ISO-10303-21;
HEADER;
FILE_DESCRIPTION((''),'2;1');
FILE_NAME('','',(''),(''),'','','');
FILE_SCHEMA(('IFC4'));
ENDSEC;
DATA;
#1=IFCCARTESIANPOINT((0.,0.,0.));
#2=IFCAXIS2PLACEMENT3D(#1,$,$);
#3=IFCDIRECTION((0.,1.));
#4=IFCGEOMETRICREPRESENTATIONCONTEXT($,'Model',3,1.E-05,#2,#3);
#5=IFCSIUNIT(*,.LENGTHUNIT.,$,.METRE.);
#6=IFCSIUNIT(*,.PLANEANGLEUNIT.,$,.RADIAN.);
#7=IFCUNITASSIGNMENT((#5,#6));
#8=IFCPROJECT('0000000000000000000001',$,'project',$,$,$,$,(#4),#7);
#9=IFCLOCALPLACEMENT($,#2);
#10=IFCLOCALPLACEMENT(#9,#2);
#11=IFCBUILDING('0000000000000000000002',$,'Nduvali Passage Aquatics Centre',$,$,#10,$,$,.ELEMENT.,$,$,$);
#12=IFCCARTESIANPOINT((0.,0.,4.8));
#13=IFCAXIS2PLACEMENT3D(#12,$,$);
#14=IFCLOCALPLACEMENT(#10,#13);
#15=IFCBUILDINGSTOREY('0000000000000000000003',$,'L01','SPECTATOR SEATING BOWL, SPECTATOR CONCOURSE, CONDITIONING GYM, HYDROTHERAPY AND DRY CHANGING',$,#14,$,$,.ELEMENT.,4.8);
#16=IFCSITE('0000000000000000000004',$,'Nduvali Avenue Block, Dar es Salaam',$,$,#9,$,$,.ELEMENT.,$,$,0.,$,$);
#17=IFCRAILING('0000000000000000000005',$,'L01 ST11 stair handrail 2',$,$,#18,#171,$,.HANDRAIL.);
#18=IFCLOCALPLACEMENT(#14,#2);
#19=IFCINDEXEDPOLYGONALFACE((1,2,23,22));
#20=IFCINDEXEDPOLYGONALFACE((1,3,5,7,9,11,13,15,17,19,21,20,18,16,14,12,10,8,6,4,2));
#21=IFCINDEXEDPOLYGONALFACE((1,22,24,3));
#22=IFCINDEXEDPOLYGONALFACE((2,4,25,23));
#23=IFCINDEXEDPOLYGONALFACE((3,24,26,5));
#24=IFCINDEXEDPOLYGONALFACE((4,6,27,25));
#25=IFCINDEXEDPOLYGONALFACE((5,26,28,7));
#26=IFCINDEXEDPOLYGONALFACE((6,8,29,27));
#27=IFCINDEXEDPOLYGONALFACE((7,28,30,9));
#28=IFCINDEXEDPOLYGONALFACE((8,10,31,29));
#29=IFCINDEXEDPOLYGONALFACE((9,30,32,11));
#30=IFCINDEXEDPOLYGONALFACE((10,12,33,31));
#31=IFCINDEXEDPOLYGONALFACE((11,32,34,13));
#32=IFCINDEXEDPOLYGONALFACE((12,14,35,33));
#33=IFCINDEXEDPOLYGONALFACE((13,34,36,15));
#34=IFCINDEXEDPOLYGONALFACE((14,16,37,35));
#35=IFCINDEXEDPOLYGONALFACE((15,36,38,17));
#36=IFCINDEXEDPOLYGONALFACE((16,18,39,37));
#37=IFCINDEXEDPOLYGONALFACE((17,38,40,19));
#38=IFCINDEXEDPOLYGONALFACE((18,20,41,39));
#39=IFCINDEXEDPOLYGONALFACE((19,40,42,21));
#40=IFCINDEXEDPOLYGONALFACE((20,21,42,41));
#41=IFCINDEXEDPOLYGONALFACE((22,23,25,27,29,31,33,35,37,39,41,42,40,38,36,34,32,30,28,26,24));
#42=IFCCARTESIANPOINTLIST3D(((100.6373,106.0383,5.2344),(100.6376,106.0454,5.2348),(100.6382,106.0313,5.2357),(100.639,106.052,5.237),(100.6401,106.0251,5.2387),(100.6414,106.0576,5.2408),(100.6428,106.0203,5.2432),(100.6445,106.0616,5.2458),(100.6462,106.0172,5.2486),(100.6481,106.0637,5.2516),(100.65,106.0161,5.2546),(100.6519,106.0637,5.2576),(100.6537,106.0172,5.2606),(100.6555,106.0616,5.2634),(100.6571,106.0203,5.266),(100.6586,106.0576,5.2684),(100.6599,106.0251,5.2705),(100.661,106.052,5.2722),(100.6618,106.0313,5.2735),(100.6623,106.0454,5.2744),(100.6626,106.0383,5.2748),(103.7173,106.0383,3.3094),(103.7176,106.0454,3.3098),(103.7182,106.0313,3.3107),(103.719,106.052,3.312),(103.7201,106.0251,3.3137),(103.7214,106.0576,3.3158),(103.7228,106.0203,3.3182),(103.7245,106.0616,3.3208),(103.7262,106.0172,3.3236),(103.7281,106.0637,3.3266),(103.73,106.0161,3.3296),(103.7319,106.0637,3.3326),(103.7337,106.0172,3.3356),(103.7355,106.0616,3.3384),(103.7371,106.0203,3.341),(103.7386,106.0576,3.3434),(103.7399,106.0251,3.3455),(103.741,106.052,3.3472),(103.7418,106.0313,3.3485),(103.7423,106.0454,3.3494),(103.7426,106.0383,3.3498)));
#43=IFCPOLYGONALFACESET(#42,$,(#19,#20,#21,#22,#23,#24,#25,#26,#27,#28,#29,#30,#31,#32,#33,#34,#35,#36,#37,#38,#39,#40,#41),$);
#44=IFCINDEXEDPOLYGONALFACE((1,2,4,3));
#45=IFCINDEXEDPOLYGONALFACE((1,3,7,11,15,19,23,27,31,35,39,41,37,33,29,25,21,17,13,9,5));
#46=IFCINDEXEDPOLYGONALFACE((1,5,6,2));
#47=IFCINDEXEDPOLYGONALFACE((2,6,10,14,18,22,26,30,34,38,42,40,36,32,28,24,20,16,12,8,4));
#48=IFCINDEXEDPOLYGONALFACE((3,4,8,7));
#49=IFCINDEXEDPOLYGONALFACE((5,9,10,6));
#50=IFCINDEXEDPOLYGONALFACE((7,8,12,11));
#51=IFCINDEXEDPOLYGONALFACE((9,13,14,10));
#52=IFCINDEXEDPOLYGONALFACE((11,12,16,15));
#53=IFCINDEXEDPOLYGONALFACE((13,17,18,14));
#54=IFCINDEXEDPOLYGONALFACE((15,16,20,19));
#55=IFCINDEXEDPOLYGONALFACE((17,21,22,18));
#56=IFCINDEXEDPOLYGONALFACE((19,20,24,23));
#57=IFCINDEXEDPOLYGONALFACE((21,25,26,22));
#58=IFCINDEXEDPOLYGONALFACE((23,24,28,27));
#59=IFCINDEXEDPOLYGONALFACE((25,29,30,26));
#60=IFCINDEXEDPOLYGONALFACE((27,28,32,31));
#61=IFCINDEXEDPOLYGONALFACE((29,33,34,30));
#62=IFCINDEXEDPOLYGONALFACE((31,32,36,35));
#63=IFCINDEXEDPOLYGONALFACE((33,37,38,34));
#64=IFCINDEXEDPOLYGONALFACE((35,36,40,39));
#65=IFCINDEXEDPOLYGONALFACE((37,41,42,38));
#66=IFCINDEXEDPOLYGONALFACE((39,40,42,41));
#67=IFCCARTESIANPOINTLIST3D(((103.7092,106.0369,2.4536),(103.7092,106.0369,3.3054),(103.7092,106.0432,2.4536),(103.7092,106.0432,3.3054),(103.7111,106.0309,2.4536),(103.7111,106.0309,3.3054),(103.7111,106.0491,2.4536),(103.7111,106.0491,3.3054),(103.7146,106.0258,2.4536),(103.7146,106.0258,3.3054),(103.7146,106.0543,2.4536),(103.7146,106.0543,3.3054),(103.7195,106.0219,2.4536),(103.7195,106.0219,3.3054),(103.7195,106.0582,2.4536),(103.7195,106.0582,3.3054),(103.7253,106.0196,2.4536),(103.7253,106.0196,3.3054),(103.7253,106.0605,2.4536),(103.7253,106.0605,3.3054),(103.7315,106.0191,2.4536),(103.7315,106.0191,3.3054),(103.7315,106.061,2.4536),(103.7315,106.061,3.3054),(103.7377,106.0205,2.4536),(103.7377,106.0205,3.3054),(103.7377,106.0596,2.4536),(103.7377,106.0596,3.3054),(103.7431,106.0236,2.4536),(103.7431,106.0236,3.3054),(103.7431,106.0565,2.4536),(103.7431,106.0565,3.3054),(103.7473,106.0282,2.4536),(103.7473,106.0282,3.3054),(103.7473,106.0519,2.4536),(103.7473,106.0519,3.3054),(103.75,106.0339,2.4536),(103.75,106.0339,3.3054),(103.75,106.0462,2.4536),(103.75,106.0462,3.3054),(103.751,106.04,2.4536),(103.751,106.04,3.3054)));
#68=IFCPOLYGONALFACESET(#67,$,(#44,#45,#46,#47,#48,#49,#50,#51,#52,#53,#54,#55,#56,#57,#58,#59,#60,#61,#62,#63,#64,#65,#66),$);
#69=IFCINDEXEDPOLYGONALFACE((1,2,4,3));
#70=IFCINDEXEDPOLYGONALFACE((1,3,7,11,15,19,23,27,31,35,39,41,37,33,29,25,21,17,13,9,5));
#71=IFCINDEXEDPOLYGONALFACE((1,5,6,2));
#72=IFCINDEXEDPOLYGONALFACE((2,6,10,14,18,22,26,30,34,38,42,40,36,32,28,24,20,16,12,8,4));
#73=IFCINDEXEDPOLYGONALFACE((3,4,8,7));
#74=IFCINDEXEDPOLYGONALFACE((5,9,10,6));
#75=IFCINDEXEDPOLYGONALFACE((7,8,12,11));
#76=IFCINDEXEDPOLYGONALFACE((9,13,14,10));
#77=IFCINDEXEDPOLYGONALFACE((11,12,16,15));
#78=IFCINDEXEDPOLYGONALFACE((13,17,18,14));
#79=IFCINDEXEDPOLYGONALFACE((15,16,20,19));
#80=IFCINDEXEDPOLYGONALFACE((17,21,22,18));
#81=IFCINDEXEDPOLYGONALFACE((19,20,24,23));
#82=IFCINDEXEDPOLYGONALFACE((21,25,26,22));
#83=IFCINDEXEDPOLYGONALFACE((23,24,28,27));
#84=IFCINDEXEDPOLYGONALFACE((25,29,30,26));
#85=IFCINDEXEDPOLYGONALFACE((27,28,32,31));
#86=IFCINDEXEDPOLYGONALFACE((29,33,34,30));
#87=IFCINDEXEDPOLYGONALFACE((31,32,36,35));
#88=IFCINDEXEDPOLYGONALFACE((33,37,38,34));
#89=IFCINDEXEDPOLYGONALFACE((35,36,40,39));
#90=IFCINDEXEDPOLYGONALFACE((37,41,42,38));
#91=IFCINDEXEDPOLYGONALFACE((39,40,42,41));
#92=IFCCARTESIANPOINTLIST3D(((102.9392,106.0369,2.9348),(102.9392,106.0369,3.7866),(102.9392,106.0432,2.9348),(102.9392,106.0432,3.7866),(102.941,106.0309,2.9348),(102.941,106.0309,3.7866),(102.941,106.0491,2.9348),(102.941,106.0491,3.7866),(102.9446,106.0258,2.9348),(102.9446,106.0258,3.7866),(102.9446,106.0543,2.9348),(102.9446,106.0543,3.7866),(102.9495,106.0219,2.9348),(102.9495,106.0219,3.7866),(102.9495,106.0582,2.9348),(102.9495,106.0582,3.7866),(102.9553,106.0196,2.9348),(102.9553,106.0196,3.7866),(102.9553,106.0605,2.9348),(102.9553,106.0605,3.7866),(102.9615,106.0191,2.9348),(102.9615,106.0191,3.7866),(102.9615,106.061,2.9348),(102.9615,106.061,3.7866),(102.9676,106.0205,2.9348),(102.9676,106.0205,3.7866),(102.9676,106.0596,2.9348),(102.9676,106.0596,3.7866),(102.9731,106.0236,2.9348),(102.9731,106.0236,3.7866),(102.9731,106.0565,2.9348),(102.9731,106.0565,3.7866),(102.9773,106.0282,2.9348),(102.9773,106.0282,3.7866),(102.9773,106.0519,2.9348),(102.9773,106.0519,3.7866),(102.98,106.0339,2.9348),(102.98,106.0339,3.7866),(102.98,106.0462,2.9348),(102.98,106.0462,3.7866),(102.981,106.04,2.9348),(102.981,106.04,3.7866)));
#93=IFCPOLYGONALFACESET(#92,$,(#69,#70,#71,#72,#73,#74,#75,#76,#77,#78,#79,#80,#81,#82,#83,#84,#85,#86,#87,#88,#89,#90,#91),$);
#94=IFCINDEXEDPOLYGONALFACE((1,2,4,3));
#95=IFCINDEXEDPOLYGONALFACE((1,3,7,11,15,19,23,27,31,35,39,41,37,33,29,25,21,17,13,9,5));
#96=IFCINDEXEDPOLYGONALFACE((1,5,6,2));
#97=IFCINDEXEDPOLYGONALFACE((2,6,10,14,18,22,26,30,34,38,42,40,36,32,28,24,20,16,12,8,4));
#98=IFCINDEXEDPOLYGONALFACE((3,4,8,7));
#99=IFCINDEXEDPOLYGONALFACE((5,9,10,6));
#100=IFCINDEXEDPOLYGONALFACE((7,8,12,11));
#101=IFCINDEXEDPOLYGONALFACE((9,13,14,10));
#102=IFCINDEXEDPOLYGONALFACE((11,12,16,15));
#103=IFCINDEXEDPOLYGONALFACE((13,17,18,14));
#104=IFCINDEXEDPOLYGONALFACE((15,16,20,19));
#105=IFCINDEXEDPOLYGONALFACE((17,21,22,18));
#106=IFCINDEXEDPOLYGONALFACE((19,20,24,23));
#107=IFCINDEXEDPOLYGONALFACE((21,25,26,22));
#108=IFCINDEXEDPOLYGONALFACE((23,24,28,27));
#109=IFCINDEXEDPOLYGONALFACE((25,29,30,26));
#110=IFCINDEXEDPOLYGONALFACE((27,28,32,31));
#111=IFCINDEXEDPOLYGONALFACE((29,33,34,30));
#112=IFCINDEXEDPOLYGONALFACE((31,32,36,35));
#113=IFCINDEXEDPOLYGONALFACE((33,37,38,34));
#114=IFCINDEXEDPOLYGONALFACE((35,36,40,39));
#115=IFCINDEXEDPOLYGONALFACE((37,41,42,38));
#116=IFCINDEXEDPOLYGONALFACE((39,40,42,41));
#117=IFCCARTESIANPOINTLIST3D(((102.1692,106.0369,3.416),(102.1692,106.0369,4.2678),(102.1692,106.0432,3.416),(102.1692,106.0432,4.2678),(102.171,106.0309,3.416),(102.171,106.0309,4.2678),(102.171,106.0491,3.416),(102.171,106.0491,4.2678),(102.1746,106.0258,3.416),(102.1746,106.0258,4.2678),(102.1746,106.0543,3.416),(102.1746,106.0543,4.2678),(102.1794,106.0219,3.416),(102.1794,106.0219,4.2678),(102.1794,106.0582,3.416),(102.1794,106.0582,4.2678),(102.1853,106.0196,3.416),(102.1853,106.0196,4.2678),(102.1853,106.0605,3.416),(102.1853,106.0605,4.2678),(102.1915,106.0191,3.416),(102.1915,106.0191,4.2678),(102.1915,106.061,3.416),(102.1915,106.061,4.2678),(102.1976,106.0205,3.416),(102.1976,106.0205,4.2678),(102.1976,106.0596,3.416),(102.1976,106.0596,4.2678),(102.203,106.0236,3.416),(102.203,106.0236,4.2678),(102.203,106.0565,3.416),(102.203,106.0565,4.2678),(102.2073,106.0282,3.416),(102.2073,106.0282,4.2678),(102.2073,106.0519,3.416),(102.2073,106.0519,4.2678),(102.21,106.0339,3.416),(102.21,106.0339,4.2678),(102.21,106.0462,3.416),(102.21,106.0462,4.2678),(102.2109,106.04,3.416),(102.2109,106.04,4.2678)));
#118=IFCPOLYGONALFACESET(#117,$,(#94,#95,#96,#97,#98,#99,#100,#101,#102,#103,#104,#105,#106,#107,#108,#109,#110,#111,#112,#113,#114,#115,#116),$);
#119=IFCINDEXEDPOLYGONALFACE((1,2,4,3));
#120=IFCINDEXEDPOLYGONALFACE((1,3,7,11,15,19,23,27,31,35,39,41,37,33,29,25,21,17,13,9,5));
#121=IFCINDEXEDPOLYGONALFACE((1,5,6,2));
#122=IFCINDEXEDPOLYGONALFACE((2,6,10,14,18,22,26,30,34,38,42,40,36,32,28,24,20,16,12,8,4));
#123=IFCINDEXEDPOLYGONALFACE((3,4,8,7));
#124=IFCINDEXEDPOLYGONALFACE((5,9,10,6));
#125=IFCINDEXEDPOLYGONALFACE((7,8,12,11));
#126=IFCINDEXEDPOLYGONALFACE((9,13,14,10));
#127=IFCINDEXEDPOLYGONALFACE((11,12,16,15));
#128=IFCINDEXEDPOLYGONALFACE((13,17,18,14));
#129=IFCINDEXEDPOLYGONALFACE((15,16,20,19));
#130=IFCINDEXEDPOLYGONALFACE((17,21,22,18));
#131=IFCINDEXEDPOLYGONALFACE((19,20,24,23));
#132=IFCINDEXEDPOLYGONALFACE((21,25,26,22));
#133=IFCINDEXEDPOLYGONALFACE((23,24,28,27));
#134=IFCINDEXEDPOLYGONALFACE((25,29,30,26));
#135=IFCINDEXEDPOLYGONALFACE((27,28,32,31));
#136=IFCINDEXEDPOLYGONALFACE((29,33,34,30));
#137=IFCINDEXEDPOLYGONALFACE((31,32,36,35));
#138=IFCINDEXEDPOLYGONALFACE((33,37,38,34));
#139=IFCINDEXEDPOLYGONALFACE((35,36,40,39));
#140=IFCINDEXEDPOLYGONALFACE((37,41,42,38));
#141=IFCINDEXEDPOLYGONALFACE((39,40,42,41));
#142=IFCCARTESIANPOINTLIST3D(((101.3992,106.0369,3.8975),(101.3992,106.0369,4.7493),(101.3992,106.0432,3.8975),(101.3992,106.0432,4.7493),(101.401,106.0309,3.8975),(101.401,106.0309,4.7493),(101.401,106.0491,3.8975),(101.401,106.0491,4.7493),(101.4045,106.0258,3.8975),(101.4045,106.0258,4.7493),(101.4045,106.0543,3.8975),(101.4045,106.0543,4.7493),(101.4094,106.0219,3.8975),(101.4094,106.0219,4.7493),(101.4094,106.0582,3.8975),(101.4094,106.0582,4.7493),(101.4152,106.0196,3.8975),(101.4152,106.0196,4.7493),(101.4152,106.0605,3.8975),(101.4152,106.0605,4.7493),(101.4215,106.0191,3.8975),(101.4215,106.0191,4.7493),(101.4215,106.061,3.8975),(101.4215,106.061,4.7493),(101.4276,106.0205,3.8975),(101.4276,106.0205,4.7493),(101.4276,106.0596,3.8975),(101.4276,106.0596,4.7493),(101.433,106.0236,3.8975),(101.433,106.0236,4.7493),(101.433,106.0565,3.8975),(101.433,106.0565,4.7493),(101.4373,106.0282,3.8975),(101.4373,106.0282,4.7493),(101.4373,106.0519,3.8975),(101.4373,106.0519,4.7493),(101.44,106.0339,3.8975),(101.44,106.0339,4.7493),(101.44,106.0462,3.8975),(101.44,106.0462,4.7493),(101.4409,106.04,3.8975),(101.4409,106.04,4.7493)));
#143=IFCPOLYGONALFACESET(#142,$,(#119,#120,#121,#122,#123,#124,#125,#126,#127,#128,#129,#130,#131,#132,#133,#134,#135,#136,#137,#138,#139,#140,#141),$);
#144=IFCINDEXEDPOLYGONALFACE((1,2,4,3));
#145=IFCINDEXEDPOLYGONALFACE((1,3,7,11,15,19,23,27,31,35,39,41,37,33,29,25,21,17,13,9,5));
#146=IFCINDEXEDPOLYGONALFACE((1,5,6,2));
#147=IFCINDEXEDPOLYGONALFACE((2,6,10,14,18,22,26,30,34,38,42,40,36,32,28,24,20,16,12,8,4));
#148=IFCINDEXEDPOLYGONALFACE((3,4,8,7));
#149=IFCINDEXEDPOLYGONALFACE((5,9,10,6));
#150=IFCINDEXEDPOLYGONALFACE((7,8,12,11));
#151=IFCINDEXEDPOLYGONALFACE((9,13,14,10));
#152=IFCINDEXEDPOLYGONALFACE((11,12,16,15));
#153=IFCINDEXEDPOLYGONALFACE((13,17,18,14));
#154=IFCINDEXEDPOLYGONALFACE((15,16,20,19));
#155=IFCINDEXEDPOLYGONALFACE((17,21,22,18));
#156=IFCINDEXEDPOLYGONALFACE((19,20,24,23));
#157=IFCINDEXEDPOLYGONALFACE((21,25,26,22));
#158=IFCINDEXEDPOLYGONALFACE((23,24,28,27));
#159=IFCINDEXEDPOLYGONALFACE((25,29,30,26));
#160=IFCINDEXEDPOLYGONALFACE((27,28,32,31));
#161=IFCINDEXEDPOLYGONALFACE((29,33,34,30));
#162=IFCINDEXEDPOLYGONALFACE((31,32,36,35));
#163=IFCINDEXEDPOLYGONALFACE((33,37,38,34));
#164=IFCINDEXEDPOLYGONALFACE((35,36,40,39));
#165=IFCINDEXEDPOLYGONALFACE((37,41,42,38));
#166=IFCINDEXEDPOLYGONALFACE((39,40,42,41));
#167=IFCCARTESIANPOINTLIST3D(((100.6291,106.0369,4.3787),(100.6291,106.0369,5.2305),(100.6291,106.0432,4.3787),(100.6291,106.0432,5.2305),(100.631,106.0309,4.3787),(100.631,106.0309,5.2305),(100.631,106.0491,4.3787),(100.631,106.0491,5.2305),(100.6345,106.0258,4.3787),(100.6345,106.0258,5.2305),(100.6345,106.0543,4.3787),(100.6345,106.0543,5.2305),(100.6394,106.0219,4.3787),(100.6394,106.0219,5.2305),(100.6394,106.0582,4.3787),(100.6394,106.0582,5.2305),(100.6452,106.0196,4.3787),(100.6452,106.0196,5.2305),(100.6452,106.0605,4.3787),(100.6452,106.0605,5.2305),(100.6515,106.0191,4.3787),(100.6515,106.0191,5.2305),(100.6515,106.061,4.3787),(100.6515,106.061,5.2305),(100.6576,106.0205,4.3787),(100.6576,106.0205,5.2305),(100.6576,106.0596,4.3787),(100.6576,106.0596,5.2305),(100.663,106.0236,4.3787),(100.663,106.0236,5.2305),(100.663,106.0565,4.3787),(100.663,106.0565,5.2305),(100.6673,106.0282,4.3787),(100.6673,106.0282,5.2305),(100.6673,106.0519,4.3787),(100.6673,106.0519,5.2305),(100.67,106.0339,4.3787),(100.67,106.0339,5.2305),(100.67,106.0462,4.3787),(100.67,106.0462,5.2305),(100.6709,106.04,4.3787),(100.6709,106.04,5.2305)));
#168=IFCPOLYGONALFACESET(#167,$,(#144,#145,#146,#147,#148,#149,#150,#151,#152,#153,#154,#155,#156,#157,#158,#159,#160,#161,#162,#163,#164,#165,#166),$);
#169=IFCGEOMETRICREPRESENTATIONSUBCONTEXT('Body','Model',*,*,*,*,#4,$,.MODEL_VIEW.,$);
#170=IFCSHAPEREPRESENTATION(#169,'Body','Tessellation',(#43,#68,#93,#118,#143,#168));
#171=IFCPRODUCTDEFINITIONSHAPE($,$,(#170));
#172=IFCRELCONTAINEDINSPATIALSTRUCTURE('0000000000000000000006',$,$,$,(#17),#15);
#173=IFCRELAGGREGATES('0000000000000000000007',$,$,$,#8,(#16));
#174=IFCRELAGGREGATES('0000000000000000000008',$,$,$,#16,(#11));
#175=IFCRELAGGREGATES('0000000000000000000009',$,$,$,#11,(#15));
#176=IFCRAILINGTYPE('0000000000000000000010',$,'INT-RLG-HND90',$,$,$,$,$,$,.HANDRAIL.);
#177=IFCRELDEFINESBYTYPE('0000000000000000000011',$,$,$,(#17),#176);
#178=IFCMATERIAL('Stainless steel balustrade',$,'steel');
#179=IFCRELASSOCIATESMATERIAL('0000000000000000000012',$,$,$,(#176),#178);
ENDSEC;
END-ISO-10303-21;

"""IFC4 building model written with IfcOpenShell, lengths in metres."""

from ifc_helpers import new_model, si_unit, direction, frame, origin, origin_2d, place, context, subcontext, project, spatial, circle, extrude, material, type_object, element, save


model = new_model("IFC4")

# Units and contexts
model_context = context("Model", 3, precision=1e-05, world=origin(), true_north=direction((0.0, 1.0)))
body_context = subcontext(model_context, "Body", "Model", "MODEL_VIEW")
ifc_project = project(units=[si_unit("LENGTHUNIT", "METRE"), si_unit("PLANEANGLEUNIT", "RADIAN")], contexts=[model_context])

# Site, building, storey
site_placement = place(None, origin())
site = spatial("IfcSite", under=ifc_project, at=site_placement, Name="Nduvali Avenue Block, Dar es Salaam", CompositionType="ELEMENT", RefElevation=0.0)
building_placement = place(site_placement, origin())
building = spatial("IfcBuilding", under=site, at=building_placement, Name="Nduvali Passage Aquatics Centre", CompositionType="ELEMENT")
storey_placement = place(building_placement, frame((0.0, 0.0, 4.8)))
storey = spatial("IfcBuildingStorey", under=building, at=storey_placement, Name="L01", Description="SPECTATOR SEATING BOWL, SPECTATOR CONCOURSE, CONDITIONING GYM, HYDROTHERAPY AND DRY CHANGING", CompositionType="ELEMENT", Elevation=4.8)

# Railing
ifc_material_1 = material(Name="Stainless steel balustrade", Category="steel")
railing_type_1 = type_object("IfcRailingType", Name="INT-RLG-HND90", PredefinedType="HANDRAIL", material=ifc_material_1)
railing_1_placement = place(storey_placement, frame((103.73, 106.04, 2.4536)))
element("IfcRailing", 1, at=railing_1_placement, inside=storey, type_object=railing_type_1, Name="L01 ST11 stair handrail 2", PredefinedType="HANDRAIL", context=body_context, shape_type="SweptSolid", body=[
    extrude(circle(Radius=0.0239, at=origin_2d()), frame((0.0, 0.0, 0.876), z_axis=(-0.847998, 0.0, 0.529999), x_axis=(0.0, -1.0, 0.0)), (0.0, 0.0, 1.0), 3.6321),
    extrude(circle(Radius=0.021, at=origin_2d()), origin(), (0.0, 0.0, 1.0), 0.8518),
    extrude(circle(Radius=0.021, at=origin_2d()), frame((-0.77, 0.0, 0.4812)), (0.0, 0.0, 1.0), 0.8518),
    extrude(circle(Radius=0.021, at=origin_2d()), frame((-1.54, 0.0, 0.9624)), (0.0, 0.0, 1.0), 0.8518),
    extrude(circle(Radius=0.021, at=origin_2d()), frame((-2.3101, 0.0, 1.4438)), (0.0, 0.0, 1.0), 0.8518),
    extrude(circle(Radius=0.021, at=origin_2d()), frame((-3.0801, 0.0, 1.925)), (0.0, 0.0, 1.0), 0.8518),
])

save(model, "model.ifc")
